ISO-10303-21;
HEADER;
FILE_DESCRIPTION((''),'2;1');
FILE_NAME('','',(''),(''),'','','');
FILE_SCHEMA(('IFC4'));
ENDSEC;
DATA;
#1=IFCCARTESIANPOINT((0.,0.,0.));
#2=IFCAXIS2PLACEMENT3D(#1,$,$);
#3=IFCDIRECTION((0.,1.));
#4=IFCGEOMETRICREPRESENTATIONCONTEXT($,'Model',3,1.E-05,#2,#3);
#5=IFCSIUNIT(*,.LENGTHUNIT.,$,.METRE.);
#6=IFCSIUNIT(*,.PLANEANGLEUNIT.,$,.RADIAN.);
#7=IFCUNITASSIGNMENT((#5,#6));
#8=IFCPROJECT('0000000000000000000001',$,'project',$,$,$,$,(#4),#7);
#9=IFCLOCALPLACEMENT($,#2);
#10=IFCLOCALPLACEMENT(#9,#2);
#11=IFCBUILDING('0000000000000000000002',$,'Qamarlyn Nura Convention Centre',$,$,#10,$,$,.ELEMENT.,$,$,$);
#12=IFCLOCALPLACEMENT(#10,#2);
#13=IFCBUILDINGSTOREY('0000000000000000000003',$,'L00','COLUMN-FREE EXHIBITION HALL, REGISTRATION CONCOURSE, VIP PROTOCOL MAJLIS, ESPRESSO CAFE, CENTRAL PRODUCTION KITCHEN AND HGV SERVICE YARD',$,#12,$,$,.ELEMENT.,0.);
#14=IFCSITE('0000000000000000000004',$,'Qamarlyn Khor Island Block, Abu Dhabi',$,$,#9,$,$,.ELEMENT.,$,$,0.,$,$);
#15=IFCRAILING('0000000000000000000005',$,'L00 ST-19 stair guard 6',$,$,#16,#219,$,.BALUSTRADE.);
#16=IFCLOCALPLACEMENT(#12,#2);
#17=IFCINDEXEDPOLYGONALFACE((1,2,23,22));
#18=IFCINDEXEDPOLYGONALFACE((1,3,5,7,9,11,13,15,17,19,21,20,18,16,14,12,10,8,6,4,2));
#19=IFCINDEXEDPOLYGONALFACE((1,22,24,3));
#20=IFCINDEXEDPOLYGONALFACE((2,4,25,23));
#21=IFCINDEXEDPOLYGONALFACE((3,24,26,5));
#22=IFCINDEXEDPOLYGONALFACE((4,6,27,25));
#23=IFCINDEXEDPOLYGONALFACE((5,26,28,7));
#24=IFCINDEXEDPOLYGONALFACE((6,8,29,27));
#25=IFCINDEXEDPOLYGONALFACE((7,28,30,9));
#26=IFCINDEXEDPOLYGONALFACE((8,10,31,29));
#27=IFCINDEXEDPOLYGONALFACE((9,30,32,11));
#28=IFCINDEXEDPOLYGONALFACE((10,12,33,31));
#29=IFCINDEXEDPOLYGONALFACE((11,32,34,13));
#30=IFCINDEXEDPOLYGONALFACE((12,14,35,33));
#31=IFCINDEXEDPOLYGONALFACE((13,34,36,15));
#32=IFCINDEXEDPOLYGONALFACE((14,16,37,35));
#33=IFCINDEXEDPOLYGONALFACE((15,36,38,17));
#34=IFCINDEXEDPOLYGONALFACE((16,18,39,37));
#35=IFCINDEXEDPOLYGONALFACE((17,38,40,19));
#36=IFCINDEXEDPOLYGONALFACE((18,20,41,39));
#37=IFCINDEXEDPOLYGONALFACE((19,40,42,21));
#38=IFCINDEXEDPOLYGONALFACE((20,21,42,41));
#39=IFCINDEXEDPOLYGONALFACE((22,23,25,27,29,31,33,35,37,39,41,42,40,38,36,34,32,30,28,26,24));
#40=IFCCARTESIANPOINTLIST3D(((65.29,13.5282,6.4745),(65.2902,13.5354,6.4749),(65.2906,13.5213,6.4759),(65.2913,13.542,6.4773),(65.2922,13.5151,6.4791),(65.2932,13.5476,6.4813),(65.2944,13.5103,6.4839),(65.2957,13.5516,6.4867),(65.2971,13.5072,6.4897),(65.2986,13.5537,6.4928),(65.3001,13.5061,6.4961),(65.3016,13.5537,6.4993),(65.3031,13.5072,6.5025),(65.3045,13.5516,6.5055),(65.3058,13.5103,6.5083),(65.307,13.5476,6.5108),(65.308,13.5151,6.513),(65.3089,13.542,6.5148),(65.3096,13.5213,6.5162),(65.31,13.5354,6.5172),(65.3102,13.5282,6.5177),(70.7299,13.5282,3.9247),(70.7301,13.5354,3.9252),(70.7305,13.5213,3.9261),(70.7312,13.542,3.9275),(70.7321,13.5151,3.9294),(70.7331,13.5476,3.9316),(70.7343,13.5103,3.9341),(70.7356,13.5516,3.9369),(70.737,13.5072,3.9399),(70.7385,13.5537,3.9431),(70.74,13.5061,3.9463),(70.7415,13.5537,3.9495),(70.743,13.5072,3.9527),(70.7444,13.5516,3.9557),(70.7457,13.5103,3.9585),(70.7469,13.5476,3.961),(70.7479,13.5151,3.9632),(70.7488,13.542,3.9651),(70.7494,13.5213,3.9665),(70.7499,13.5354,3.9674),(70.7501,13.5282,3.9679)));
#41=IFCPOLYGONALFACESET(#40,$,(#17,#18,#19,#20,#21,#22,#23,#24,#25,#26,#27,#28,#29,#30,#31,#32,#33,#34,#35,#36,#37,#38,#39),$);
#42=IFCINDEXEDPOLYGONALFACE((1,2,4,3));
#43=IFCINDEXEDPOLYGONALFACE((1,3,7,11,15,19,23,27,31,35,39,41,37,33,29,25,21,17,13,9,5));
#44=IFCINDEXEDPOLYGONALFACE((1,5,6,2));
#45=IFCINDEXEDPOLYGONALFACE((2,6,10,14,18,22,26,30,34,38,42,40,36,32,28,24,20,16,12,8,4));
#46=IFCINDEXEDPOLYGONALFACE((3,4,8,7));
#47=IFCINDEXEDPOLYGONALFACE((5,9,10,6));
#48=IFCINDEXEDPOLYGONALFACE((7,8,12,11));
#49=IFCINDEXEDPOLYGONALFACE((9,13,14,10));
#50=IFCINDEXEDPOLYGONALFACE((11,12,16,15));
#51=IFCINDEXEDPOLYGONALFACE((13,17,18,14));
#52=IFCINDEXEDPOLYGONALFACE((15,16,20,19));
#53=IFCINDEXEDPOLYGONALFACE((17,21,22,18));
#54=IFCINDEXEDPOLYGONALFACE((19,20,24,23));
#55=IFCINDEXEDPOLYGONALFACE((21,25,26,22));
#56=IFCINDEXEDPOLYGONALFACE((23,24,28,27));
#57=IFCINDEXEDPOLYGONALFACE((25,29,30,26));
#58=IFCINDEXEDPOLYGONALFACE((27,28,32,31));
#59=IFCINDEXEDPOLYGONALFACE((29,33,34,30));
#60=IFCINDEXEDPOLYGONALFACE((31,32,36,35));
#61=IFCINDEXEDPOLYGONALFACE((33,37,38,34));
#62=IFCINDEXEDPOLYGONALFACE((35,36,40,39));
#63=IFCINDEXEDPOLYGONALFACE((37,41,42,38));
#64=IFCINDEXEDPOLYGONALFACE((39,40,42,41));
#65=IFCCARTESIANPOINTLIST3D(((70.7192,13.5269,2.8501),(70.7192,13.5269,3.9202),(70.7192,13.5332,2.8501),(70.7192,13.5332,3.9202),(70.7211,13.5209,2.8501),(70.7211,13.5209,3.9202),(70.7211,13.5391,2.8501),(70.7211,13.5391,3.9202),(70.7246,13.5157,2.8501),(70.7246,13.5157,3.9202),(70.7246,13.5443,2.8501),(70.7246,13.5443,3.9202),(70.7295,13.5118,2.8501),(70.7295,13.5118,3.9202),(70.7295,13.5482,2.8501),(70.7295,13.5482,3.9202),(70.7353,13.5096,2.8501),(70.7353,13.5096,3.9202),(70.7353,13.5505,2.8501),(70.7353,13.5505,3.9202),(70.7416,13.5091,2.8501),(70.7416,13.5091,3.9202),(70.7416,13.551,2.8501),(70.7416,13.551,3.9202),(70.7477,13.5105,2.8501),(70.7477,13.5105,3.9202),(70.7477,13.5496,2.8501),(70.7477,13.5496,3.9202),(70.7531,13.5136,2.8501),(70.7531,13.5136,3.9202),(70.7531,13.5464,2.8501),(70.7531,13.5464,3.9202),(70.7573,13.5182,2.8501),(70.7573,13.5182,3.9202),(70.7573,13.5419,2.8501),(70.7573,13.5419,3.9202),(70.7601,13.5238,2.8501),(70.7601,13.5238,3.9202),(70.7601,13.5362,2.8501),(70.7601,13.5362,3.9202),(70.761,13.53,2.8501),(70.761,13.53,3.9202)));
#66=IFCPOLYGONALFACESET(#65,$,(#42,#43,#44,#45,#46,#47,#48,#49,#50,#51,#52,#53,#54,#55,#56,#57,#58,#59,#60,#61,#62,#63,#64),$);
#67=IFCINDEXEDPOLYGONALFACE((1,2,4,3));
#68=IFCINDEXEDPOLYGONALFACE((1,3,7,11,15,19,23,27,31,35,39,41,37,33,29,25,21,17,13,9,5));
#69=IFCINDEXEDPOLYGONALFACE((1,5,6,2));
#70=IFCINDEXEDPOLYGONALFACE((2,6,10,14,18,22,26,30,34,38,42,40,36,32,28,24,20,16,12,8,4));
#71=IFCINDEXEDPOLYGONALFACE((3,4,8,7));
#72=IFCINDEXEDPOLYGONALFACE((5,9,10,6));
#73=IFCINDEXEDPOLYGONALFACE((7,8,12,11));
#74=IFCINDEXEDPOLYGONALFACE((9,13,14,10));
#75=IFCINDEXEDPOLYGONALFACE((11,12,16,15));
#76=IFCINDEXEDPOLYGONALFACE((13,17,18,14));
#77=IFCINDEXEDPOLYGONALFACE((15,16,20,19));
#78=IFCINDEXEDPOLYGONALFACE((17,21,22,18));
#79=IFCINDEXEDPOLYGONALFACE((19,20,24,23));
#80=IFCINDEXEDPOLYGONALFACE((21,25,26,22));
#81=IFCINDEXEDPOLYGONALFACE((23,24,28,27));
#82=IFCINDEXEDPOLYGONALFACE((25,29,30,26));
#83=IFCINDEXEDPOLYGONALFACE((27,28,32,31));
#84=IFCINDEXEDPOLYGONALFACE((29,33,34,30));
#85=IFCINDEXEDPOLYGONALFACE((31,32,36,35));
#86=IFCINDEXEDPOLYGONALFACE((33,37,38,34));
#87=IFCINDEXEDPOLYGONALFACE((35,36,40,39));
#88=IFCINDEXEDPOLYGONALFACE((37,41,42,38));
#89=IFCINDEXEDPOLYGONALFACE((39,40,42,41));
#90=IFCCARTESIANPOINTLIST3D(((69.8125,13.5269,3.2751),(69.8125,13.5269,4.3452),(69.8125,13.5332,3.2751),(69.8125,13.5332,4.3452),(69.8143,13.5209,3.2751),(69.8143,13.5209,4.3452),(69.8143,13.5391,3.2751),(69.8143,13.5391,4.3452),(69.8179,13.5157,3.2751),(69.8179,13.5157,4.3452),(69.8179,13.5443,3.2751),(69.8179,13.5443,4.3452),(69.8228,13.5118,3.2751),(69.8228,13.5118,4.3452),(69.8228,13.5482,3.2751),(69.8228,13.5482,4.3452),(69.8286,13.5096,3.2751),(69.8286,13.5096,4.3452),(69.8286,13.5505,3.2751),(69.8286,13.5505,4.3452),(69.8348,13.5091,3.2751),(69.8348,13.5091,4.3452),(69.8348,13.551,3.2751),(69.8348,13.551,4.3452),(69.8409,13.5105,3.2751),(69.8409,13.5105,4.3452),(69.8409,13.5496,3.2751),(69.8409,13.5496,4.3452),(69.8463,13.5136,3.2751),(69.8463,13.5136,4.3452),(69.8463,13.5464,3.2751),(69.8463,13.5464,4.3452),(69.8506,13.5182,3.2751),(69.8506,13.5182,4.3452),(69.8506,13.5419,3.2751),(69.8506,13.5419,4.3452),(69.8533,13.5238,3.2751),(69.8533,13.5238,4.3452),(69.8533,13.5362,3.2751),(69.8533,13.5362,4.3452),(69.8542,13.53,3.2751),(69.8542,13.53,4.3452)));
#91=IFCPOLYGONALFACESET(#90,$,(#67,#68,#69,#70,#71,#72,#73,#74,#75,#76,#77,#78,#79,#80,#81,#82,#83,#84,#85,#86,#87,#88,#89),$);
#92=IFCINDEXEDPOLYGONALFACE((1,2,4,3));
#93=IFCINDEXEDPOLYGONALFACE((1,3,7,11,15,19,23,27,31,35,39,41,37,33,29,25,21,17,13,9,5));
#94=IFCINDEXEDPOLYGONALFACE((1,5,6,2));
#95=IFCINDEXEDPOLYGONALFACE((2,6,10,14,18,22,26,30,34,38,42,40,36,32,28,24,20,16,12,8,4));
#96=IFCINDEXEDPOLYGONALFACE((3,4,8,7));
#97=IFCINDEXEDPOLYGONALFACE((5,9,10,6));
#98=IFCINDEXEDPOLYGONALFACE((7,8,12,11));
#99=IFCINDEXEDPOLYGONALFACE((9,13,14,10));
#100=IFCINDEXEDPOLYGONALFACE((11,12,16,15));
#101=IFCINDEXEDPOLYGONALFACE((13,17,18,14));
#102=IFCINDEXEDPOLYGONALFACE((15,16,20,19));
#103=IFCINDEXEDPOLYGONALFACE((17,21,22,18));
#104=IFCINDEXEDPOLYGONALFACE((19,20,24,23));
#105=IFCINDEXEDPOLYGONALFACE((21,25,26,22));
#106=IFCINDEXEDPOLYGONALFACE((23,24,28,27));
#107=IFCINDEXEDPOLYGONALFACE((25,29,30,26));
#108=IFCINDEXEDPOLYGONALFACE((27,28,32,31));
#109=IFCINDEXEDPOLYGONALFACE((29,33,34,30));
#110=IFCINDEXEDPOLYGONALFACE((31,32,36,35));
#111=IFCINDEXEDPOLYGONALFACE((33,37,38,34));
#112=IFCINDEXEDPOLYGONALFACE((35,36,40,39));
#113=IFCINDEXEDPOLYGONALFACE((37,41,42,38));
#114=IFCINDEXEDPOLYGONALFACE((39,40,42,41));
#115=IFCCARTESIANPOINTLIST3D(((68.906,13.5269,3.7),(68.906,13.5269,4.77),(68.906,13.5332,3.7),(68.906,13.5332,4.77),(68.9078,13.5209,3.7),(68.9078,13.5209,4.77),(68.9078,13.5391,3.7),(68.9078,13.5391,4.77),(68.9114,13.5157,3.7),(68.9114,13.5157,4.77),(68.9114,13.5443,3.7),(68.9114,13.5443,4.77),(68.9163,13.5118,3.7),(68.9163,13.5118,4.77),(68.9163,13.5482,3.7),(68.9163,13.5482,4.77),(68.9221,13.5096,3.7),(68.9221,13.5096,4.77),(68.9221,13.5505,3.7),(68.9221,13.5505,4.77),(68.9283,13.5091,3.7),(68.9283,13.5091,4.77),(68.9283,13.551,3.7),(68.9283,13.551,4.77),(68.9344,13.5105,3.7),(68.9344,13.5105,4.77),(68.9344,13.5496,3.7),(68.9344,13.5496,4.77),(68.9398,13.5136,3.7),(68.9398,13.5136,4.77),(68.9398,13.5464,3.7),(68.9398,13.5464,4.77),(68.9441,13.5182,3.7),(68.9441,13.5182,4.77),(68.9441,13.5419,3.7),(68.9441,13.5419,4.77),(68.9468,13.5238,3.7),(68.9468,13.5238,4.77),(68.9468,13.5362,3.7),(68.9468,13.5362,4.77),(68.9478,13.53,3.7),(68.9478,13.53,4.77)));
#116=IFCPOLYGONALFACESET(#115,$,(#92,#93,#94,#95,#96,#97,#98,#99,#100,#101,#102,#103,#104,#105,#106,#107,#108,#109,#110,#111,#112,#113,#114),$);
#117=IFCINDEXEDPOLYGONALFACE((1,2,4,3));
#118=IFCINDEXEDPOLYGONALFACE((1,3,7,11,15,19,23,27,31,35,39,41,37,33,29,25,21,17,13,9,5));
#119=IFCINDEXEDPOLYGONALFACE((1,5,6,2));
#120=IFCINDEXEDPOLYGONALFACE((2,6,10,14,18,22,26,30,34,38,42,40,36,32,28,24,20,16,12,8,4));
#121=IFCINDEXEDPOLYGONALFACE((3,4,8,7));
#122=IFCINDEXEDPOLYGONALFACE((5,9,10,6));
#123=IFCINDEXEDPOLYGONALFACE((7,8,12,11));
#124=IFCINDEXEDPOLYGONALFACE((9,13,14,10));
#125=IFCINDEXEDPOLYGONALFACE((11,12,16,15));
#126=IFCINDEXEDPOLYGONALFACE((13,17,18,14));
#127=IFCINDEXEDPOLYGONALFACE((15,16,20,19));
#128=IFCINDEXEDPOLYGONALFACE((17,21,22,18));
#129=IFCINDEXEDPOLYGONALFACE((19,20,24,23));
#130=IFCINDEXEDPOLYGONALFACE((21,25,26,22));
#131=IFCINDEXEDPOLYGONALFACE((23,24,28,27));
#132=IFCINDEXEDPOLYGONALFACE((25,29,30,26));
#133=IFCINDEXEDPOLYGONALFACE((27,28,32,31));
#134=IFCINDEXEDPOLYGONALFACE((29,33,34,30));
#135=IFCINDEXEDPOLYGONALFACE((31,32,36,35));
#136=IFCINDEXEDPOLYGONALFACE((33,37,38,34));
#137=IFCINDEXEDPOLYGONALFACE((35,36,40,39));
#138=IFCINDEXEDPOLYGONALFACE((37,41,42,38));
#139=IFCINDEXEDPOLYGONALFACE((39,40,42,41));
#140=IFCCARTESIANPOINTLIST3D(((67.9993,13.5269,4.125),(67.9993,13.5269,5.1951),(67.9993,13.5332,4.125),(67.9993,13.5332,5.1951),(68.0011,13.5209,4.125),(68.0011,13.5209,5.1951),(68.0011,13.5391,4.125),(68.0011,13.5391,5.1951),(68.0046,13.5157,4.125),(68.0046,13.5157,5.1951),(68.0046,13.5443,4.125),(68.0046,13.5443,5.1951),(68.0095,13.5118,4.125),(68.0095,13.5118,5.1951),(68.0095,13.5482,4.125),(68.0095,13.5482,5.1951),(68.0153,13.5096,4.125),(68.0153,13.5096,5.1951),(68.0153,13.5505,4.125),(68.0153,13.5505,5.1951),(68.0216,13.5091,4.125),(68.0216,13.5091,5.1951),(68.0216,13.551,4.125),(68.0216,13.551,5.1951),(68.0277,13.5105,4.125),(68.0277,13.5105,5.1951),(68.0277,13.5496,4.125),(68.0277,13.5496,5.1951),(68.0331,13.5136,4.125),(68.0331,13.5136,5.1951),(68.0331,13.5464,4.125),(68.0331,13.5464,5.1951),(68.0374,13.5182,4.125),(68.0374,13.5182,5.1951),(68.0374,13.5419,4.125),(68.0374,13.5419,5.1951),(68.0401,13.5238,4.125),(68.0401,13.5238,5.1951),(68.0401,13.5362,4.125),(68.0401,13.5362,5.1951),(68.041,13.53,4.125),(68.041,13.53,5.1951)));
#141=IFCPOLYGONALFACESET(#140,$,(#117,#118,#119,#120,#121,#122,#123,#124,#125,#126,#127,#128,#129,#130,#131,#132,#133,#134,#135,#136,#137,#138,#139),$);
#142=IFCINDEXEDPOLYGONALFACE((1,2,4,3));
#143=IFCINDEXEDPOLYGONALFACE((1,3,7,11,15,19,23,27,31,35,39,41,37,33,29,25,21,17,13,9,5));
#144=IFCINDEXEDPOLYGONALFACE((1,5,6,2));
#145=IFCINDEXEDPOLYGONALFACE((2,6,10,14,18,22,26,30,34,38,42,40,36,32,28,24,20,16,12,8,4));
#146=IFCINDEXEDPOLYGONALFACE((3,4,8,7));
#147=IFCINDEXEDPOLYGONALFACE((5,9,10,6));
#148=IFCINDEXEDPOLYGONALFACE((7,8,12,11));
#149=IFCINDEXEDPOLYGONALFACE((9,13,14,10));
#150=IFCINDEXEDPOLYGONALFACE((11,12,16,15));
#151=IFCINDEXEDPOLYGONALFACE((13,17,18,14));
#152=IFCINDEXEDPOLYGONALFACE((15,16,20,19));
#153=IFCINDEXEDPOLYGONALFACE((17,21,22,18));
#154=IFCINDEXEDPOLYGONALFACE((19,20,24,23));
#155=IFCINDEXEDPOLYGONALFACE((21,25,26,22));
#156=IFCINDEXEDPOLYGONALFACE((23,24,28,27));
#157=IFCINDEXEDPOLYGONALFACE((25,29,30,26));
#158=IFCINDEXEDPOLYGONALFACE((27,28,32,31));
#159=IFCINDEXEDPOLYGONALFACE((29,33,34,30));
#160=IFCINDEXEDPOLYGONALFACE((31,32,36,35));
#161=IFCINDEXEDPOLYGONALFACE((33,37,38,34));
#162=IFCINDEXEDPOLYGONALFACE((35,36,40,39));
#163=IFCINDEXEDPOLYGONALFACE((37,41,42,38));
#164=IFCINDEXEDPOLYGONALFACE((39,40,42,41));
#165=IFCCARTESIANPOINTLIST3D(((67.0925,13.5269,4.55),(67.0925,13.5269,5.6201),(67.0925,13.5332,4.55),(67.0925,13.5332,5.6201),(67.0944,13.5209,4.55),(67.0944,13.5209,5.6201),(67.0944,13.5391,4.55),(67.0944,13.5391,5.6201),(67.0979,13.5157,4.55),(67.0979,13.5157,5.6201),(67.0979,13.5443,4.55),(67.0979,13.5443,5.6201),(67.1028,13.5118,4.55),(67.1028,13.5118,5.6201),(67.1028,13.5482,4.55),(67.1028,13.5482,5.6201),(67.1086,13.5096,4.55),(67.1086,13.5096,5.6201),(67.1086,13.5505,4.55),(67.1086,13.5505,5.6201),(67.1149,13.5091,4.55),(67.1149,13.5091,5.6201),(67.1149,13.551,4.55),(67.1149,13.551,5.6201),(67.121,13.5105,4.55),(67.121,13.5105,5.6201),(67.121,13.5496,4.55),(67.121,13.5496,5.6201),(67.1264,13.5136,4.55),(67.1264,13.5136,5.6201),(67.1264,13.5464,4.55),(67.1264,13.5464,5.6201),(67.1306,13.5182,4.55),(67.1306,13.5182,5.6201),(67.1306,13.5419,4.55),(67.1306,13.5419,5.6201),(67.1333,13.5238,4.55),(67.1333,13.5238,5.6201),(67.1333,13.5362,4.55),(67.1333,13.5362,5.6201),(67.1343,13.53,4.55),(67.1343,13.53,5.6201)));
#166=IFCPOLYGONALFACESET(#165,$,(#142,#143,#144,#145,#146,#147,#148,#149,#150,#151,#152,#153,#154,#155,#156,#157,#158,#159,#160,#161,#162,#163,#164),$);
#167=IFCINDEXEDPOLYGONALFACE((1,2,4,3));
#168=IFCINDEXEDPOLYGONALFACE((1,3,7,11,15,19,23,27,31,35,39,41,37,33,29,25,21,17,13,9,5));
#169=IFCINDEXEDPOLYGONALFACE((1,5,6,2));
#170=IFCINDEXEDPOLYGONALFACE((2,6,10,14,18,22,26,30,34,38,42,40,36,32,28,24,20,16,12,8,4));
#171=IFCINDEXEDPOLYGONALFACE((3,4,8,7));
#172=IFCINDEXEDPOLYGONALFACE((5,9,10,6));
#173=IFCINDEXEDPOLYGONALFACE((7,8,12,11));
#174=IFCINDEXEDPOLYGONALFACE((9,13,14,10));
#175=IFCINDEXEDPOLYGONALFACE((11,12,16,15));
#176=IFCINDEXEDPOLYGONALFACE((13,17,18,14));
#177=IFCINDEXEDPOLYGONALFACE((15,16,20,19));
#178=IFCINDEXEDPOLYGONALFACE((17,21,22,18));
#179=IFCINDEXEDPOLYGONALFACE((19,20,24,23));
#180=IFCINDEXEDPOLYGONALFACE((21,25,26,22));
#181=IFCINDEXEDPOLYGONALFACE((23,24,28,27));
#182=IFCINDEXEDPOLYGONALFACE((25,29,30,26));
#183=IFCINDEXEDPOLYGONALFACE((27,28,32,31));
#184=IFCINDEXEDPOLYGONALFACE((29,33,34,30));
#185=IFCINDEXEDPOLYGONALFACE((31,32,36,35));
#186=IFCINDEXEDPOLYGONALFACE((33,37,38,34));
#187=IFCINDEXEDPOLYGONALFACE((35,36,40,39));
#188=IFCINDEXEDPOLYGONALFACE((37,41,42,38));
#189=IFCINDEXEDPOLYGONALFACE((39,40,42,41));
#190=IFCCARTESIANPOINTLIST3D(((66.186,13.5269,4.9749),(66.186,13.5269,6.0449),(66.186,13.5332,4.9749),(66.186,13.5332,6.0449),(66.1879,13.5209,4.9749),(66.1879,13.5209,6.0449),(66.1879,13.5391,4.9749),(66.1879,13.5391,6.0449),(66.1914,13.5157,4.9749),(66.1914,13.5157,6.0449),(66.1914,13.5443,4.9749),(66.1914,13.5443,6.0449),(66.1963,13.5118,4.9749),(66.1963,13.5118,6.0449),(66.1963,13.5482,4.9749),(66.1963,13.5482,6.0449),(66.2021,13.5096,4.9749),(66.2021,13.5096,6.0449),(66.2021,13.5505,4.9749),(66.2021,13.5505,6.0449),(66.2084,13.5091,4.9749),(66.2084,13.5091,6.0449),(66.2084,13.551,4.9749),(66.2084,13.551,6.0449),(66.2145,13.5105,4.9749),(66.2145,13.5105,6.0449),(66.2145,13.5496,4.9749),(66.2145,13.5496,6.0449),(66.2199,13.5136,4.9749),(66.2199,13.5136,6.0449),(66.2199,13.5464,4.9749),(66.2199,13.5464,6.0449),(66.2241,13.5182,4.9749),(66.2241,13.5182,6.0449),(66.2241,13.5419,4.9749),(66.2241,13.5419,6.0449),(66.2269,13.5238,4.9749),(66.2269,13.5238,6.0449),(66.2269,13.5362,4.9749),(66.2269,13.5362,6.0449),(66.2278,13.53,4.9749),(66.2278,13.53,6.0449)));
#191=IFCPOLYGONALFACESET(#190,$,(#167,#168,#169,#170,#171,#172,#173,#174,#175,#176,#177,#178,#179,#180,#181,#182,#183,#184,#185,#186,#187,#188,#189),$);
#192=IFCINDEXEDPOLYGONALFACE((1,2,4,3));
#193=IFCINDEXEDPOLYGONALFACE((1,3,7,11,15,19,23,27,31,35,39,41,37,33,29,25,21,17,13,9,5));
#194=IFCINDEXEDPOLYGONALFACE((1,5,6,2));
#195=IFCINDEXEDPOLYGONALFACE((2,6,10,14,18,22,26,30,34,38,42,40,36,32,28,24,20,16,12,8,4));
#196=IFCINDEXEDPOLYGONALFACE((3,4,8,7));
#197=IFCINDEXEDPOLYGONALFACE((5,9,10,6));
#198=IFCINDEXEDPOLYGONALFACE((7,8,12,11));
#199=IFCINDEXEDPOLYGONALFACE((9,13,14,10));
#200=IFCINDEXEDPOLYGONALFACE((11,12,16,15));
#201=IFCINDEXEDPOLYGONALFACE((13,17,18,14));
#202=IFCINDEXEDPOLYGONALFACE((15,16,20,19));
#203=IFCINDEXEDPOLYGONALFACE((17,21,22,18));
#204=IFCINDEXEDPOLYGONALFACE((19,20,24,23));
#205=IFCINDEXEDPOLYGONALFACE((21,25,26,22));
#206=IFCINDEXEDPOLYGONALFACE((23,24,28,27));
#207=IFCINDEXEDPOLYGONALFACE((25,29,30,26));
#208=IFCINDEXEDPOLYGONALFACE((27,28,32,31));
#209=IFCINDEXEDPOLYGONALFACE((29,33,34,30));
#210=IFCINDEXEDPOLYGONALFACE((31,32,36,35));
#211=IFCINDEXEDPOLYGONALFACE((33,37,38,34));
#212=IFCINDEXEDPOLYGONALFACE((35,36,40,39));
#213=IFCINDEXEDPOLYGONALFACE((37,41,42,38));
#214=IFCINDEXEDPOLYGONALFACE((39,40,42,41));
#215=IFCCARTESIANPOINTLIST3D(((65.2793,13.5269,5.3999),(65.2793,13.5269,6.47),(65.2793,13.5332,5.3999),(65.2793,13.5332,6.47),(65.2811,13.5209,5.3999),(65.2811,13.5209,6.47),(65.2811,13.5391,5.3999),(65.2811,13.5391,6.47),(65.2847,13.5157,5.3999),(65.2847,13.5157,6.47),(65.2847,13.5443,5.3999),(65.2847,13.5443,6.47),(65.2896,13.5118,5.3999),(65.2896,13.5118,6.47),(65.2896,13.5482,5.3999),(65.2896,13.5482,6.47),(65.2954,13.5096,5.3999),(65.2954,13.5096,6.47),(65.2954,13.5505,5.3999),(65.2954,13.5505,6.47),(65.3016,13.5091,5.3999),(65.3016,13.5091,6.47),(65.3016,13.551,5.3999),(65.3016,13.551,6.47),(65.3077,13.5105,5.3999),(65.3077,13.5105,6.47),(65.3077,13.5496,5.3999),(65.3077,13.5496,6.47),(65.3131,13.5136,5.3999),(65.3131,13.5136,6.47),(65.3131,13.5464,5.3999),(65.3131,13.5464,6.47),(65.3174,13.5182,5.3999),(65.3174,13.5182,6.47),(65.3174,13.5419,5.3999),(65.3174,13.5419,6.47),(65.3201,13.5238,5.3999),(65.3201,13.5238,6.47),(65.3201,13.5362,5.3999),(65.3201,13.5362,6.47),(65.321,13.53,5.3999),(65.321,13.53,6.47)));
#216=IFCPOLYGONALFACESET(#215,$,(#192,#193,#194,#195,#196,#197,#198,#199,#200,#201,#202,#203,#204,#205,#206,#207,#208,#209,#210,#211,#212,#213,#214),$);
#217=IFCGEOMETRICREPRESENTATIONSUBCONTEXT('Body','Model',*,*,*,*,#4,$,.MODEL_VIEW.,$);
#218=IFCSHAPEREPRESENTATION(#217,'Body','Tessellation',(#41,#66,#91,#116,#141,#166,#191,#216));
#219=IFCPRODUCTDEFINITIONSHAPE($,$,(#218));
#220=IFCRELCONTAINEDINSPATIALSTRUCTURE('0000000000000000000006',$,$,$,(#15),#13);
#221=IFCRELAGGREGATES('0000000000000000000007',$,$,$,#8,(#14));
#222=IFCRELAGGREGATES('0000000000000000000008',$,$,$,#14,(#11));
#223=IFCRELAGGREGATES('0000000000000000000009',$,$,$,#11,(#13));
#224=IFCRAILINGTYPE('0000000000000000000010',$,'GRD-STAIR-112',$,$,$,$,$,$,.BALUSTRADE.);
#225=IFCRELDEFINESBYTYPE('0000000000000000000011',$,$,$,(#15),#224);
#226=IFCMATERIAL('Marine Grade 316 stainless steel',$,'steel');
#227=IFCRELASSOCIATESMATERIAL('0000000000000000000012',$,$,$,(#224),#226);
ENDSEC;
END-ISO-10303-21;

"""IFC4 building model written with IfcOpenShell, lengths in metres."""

from ifc_helpers import new_model, si_unit, direction, frame, origin, origin_2d, place, context, subcontext, project, spatial, circle, extrude, material, type_object, element, save


model = new_model("IFC4")

# Units and contexts
model_context = context("Model", 3, precision=1e-05, world=origin(), true_north=direction((0.0, 1.0)))
body_context = subcontext(model_context, "Body", "Model", "MODEL_VIEW")
ifc_project = project(units=[si_unit("LENGTHUNIT", "METRE"), si_unit("PLANEANGLEUNIT", "RADIAN")], contexts=[model_context])

# Site, building, storey
site_placement = place(None, origin())
site = spatial("IfcSite", under=ifc_project, at=site_placement, Name="Qamarlyn Khor Island Block, Abu Dhabi", CompositionType="ELEMENT", RefElevation=0.0)
building_placement = place(site_placement, origin())
building = spatial("IfcBuilding", under=site, at=building_placement, Name="Qamarlyn Nura Convention Centre", CompositionType="ELEMENT")
storey_placement = place(building_placement, origin())
storey = spatial("IfcBuildingStorey", under=building, at=storey_placement, Name="L00", Description="COLUMN-FREE EXHIBITION HALL, REGISTRATION CONCOURSE, VIP PROTOCOL MAJLIS, ESPRESSO CAFE, CENTRAL PRODUCTION KITCHEN AND HGV SERVICE YARD", CompositionType="ELEMENT", Elevation=0.0)

# Railing
ifc_material_1 = material(Name="Marine Grade 316 stainless steel", Category="steel")
railing_type_1 = type_object("IfcRailingType", Name="GRD-STAIR-112", PredefinedType="BALUSTRADE", material=ifc_material_1)
railing_1_placement = place(storey_placement, frame((70.74, 13.53, 2.8501)))
element("IfcRailing", 1, at=railing_1_placement, inside=storey, type_object=railing_type_1, Name="L00 ST-19 stair guard 6", PredefinedType="BALUSTRADE", context=body_context, shape_type="SweptSolid", body=[
    extrude(circle(Radius=0.0239, at=origin_2d()), frame((0.0, 0.0, 1.0962), z_axis=(-0.90547, 0.0, 0.424411), x_axis=(0.0, -1.0, 0.0)), (0.0, 0.0, 1.0), 6.0078),
    extrude(circle(Radius=0.021, at=origin_2d()), origin(), (0.0, 0.0, 1.0), 1.0701),
    extrude(circle(Radius=0.021, at=origin_2d()), frame((-0.9067, 0.0, 0.425)), (0.0, 0.0, 1.0), 1.0701),
    extrude(circle(Radius=0.021, at=origin_2d()), frame((-1.8132, 0.0, 0.8499)), (0.0, 0.0, 1.0), 1.0701),
    extrude(circle(Radius=0.021, at=origin_2d()), frame((-2.72, 0.0, 1.2749)), (0.0, 0.0, 1.0), 1.0701),
    extrude(circle(Radius=0.021, at=origin_2d()), frame((-3.6267, 0.0, 1.7)), (0.0, 0.0, 1.0), 1.0701),
    extrude(circle(Radius=0.021, at=origin_2d()), frame((-4.5332, 0.0, 2.1248)), (0.0, 0.0, 1.0), 1.0701),
    extrude(circle(Radius=0.021, at=origin_2d()), frame((-5.4399, 0.0, 2.5498)), (0.0, 0.0, 1.0), 1.0701),
])

save(model, "model.ifc")
